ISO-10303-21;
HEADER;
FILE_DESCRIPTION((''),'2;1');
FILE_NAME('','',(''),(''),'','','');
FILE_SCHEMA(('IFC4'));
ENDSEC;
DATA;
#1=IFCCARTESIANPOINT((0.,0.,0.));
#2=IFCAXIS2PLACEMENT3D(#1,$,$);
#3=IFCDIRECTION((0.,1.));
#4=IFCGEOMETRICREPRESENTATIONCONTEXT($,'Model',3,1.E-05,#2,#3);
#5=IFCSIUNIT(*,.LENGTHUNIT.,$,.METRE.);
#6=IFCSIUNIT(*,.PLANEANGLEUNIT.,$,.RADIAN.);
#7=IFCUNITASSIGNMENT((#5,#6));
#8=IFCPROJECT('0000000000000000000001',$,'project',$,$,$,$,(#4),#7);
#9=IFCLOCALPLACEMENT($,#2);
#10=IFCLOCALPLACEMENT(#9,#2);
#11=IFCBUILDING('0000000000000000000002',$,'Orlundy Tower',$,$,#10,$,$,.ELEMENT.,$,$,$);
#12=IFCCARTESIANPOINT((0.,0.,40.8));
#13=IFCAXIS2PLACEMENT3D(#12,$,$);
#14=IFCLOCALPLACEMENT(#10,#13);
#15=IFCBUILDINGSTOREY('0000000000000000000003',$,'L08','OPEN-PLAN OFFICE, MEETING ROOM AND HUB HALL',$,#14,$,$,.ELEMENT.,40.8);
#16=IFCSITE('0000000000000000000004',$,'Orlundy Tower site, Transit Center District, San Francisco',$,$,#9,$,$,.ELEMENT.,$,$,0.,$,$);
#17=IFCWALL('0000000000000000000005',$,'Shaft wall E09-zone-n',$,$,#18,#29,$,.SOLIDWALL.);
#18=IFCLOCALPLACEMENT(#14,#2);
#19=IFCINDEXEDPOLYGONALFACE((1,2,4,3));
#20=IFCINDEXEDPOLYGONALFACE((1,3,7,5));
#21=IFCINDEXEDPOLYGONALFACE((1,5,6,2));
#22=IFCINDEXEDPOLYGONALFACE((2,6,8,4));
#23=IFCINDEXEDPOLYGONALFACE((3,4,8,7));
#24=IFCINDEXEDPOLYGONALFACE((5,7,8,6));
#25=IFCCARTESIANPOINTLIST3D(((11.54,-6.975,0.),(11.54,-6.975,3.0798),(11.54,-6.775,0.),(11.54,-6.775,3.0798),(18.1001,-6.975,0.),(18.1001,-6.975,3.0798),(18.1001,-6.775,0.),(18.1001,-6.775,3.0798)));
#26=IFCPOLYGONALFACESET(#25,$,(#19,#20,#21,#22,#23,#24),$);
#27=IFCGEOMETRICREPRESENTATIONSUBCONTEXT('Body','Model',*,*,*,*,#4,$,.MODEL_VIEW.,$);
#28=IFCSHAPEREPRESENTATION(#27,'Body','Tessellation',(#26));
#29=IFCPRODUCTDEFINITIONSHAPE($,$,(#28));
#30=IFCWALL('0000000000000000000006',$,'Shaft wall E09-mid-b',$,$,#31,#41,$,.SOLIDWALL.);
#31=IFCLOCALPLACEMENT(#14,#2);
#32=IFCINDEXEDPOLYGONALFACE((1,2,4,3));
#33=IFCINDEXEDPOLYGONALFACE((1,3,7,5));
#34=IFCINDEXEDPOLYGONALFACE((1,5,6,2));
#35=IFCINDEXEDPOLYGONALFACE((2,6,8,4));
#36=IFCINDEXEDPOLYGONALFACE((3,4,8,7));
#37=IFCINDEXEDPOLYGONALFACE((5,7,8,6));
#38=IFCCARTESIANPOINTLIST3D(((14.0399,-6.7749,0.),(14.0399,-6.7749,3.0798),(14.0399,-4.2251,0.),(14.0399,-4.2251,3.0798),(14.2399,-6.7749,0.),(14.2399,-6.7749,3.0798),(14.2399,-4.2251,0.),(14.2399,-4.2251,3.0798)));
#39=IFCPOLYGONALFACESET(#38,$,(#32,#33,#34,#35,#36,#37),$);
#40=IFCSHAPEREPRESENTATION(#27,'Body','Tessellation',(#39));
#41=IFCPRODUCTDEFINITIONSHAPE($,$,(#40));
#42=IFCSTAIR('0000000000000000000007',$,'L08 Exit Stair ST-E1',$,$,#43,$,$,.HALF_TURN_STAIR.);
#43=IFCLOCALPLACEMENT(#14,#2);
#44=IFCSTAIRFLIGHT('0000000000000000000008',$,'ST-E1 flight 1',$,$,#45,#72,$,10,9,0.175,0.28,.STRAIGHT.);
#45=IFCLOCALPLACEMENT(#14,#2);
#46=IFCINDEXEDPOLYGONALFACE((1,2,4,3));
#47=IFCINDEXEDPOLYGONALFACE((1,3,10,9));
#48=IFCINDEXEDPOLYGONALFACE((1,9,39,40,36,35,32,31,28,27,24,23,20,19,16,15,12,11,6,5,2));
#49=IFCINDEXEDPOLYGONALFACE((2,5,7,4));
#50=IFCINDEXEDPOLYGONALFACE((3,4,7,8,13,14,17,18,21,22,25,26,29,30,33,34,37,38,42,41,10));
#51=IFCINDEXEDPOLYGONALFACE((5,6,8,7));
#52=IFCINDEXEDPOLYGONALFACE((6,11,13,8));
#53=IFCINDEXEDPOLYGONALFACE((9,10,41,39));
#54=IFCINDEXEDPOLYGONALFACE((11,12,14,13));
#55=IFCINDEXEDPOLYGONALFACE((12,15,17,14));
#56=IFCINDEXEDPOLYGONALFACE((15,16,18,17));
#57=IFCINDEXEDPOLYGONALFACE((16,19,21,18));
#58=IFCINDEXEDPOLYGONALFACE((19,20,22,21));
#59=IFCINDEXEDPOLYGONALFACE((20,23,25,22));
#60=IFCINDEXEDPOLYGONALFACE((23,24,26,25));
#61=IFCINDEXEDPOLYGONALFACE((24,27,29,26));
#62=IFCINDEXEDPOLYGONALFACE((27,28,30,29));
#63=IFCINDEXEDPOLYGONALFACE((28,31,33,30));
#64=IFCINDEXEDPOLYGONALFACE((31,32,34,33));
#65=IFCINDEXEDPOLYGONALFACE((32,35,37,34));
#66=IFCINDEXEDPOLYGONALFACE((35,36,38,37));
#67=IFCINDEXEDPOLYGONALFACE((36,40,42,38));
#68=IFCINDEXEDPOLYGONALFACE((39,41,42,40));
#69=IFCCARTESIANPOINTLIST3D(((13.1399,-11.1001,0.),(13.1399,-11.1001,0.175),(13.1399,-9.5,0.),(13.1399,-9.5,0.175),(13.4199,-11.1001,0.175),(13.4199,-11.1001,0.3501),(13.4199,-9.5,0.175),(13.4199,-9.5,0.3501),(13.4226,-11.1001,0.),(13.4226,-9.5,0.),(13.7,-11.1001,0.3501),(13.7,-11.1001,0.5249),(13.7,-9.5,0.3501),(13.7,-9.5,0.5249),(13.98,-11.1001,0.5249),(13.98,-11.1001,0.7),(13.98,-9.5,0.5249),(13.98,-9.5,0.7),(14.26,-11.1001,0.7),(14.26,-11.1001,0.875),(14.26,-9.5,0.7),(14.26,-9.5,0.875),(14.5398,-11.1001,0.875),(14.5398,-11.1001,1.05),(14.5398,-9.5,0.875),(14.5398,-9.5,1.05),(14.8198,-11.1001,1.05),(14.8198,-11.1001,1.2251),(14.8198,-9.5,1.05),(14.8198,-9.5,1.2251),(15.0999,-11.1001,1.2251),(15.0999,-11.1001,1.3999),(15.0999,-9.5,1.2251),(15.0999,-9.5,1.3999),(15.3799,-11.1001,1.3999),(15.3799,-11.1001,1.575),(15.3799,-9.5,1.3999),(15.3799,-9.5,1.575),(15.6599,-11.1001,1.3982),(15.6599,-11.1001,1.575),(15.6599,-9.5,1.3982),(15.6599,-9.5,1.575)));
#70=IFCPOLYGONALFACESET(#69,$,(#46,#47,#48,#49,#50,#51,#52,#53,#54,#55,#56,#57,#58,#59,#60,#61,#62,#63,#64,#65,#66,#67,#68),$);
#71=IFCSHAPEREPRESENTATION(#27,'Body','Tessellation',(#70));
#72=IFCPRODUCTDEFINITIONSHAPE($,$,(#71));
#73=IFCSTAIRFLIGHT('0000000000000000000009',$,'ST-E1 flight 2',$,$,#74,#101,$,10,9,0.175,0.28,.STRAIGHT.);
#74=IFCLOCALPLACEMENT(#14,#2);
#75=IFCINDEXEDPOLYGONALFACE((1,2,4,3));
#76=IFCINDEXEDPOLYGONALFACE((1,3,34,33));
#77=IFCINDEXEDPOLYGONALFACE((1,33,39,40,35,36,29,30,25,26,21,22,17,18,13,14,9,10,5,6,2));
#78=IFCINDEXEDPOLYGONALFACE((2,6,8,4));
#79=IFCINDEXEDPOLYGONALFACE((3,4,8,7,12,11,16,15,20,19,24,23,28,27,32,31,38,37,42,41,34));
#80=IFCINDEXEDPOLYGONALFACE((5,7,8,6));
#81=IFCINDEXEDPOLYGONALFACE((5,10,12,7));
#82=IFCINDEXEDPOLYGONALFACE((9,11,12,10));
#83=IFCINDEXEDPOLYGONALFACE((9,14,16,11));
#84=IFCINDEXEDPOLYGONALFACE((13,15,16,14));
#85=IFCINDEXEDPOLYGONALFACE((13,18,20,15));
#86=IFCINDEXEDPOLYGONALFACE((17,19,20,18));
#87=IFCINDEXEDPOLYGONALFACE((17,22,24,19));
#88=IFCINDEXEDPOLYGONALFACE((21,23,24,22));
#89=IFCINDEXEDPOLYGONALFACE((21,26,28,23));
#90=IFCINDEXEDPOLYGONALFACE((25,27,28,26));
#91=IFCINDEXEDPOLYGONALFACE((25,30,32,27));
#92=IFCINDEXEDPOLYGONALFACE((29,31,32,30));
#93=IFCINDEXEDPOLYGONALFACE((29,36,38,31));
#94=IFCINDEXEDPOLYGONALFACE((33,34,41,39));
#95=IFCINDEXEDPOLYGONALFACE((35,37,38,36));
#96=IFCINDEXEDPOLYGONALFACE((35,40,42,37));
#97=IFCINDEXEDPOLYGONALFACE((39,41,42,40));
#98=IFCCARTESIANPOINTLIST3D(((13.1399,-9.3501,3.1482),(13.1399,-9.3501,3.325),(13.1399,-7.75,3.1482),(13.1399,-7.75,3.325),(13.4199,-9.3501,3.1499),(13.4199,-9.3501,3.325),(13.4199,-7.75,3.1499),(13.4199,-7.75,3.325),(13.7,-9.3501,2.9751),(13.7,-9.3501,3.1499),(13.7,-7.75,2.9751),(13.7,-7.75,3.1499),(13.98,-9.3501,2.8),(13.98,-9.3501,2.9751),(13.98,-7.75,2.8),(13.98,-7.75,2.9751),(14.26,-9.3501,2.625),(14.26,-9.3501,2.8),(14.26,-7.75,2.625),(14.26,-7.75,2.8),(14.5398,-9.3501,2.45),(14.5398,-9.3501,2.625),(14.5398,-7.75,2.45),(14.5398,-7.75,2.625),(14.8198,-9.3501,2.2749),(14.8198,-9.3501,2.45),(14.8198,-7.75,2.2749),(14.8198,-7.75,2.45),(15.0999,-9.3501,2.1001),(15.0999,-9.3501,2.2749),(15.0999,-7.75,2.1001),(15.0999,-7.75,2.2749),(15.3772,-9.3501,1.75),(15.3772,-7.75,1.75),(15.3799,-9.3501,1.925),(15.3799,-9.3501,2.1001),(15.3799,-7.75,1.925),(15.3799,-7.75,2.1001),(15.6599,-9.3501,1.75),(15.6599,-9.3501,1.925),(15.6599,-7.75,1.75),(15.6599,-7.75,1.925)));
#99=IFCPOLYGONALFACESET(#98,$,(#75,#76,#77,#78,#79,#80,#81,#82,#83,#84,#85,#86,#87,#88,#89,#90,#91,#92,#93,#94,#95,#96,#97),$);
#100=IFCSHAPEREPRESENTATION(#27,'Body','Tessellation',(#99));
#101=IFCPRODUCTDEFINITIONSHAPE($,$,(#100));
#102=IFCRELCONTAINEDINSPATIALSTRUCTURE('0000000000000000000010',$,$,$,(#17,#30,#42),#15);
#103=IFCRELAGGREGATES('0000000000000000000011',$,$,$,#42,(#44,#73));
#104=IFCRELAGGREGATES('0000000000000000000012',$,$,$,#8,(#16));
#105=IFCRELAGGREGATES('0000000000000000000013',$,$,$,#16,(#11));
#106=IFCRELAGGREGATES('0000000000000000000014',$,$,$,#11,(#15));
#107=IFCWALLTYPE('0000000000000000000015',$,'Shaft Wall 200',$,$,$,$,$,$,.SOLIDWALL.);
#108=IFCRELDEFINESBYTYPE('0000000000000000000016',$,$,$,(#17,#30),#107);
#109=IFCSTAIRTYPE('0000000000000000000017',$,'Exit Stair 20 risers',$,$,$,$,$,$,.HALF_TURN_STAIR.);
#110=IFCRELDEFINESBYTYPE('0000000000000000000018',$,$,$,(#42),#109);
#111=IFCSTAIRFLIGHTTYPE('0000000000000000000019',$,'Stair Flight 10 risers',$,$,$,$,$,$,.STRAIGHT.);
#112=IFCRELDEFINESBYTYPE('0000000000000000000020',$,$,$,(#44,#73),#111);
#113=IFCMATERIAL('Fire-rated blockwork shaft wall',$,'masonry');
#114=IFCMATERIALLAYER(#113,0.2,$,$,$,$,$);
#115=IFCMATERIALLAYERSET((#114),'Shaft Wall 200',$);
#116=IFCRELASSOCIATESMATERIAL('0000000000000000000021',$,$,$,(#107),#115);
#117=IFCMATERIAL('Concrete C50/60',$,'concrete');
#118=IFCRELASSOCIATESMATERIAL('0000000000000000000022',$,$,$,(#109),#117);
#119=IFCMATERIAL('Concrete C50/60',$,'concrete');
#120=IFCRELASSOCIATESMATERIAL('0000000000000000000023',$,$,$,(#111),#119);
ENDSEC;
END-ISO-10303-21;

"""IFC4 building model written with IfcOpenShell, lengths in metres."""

from ifc_helpers import new_model, si_unit, direction, frame, frame_2d, origin, place, context, subcontext, project, spatial, polyline, rectangle, outline, extrude, material, layer, layer_set, type_object, element, aggregate, save


model = new_model("IFC4")

# Units and contexts
model_context = context("Model", 3, precision=1e-05, world=origin(), true_north=direction((0.0, 1.0)))
body_context = subcontext(model_context, "Body", "Model", "MODEL_VIEW")
ifc_project = project(units=[si_unit("LENGTHUNIT", "METRE"), si_unit("PLANEANGLEUNIT", "RADIAN")], contexts=[model_context])

# Site, building, storey
site_placement = place(None, origin())
site = spatial("IfcSite", under=ifc_project, at=site_placement, Name="Orlundy Tower site, Transit Center District, San Francisco", CompositionType="ELEMENT", RefElevation=0.0)
building_placement = place(site_placement, origin())
building = spatial("IfcBuilding", under=site, at=building_placement, Name="Orlundy Tower", CompositionType="ELEMENT")
storey_placement = place(building_placement, frame((0.0, 0.0, 40.8)))
storey = spatial("IfcBuildingStorey", under=building, at=storey_placement, Name="L08", Description="OPEN-PLAN OFFICE, MEETING ROOM AND HUB HALL", CompositionType="ELEMENT", Elevation=40.8)

# Walls
ifc_material_1 = material(Name="Fire-rated blockwork shaft wall", Category="masonry")
ifc_layer_1 = layer(ifc_material_1, 0.2)
ifc_layer_set_1 = layer_set([ifc_layer_1], Name="Shaft Wall 200")
wall_type_1 = type_object("IfcWallType", Name="Shaft Wall 200", PredefinedType="SOLIDWALL", material=ifc_layer_set_1)
wall_1_placement = place(storey_placement, frame((11.54, -6.875, 0.0), z_axis=(0.0, 0.0, 1.0), x_axis=(1.0, 0.0, 0.0)))
element("IfcWall", 1, at=wall_1_placement, inside=storey, type_object=wall_type_1, Name="Shaft wall E09-zone-n", PredefinedType="SOLIDWALL", context=body_context, shape_type="SweptSolid", body=[
    extrude(rectangle(XDim=6.5601, YDim=0.2, at=frame_2d((3.28, 0.0))), origin(), (0.0, 0.0, 1.0), 3.0798),
])
wall_2_placement = place(storey_placement, frame((14.1399, -4.2251, 0.0), z_axis=(0.0, 0.0, 1.0), x_axis=(0.0, -1.0, 0.0)))
element("IfcWall", 2, at=wall_2_placement, inside=storey, type_object=wall_type_1, Name="Shaft wall E09-mid-b", PredefinedType="SOLIDWALL", context=body_context, shape_type="SweptSolid", body=[
    extrude(rectangle(XDim=2.5498, YDim=0.2, at=frame_2d((1.2749, 0.0))), origin(), (0.0, 0.0, 1.0), 3.0798),
])

# Stair, stair flights
ifc_material_2 = material(Name="Concrete C50/60", Category="concrete")
stair_type = type_object("IfcStairType", Name="Exit Stair 20 risers", PredefinedType="HALF_TURN_STAIR", material=ifc_material_2)
stair_placement = place(storey_placement, origin())
stair = element("IfcStair", 3, at=stair_placement, inside=storey, type_object=stair_type, Name="L08 Exit Stair ST-E1", PredefinedType="HALF_TURN_STAIR")
ifc_material_3 = material(Name="Concrete C50/60", Category="concrete")
stair_flight_type = type_object("IfcStairFlightType", Name="Stair Flight 10 risers", PredefinedType="STRAIGHT", material=ifc_material_3)
stair_flight_1_placement = place(storey_placement, frame((13.1399, -10.3, 0.0), z_axis=(0.0, 0.0, 1.0), x_axis=(1.0, 0.0, 0.0)))
stair_flight_1 = element("IfcStairFlight", 4, at=stair_flight_1_placement, type_object=stair_flight_type, Name="ST-E1 flight 1", NumberOfRisers=10, NumberOfTreads=9, PredefinedType="STRAIGHT", RiserHeight=0.175, TreadLength=0.28, context=body_context, shape_type="SweptSolid", body=[
    extrude(outline(polyline([(0.0, 0.0), (0.0, 0.175), (0.28, 0.175), (0.28, 0.3501), (0.5601, 0.3501), (0.5601, 0.5249), (0.8401, 0.5249), (0.8401, 0.7), (1.1201, 0.7), (1.1201, 0.875), (1.3999, 0.875), (1.3999, 1.05), (1.6799, 1.05), (1.6799, 1.2251), (1.96, 1.2251), (1.96, 1.3999), (2.24, 1.3999), (2.24, 1.575), (2.52, 1.575), (2.52, 1.75), (2.52, 1.3982), (0.2827, 0.0), (0.0, 0.0)])), frame((0.0, 0.8, 0.0), z_axis=(0.0, -1.0, 0.0), x_axis=(1.0, 0.0, 0.0)), (0.0, 0.0, 1.0), 1.6001),
])
stair_flight_2_placement = place(storey_placement, frame((15.6599, -8.55, 1.75), z_axis=(0.0, 0.0, 1.0), x_axis=(-1.0, 0.0, 0.0)))
stair_flight_2 = element("IfcStairFlight", 5, at=stair_flight_2_placement, type_object=stair_flight_type, Name="ST-E1 flight 2", NumberOfRisers=10, NumberOfTreads=9, PredefinedType="STRAIGHT", RiserHeight=0.175, TreadLength=0.28, context=body_context, shape_type="SweptSolid", body=[
    extrude(outline(polyline([(0.0, 0.0), (0.0, 0.175), (0.28, 0.175), (0.28, 0.3501), (0.5601, 0.3501), (0.5601, 0.5249), (0.8401, 0.5249), (0.8401, 0.7), (1.1201, 0.7), (1.1201, 0.875), (1.3999, 0.875), (1.3999, 1.05), (1.6799, 1.05), (1.6799, 1.2251), (1.96, 1.2251), (1.96, 1.3999), (2.24, 1.3999), (2.24, 1.575), (2.52, 1.575), (2.52, 1.75), (2.52, 1.3982), (0.2827, 0.0), (0.0, 0.0)])), frame((0.0, 0.8, 0.0), z_axis=(0.0, -1.0, 0.0), x_axis=(1.0, 0.0, 0.0)), (0.0, 0.0, 1.0), 1.6001),
])
aggregate(stair, [stair_flight_1, stair_flight_2])

save(model, "model.ifc")
